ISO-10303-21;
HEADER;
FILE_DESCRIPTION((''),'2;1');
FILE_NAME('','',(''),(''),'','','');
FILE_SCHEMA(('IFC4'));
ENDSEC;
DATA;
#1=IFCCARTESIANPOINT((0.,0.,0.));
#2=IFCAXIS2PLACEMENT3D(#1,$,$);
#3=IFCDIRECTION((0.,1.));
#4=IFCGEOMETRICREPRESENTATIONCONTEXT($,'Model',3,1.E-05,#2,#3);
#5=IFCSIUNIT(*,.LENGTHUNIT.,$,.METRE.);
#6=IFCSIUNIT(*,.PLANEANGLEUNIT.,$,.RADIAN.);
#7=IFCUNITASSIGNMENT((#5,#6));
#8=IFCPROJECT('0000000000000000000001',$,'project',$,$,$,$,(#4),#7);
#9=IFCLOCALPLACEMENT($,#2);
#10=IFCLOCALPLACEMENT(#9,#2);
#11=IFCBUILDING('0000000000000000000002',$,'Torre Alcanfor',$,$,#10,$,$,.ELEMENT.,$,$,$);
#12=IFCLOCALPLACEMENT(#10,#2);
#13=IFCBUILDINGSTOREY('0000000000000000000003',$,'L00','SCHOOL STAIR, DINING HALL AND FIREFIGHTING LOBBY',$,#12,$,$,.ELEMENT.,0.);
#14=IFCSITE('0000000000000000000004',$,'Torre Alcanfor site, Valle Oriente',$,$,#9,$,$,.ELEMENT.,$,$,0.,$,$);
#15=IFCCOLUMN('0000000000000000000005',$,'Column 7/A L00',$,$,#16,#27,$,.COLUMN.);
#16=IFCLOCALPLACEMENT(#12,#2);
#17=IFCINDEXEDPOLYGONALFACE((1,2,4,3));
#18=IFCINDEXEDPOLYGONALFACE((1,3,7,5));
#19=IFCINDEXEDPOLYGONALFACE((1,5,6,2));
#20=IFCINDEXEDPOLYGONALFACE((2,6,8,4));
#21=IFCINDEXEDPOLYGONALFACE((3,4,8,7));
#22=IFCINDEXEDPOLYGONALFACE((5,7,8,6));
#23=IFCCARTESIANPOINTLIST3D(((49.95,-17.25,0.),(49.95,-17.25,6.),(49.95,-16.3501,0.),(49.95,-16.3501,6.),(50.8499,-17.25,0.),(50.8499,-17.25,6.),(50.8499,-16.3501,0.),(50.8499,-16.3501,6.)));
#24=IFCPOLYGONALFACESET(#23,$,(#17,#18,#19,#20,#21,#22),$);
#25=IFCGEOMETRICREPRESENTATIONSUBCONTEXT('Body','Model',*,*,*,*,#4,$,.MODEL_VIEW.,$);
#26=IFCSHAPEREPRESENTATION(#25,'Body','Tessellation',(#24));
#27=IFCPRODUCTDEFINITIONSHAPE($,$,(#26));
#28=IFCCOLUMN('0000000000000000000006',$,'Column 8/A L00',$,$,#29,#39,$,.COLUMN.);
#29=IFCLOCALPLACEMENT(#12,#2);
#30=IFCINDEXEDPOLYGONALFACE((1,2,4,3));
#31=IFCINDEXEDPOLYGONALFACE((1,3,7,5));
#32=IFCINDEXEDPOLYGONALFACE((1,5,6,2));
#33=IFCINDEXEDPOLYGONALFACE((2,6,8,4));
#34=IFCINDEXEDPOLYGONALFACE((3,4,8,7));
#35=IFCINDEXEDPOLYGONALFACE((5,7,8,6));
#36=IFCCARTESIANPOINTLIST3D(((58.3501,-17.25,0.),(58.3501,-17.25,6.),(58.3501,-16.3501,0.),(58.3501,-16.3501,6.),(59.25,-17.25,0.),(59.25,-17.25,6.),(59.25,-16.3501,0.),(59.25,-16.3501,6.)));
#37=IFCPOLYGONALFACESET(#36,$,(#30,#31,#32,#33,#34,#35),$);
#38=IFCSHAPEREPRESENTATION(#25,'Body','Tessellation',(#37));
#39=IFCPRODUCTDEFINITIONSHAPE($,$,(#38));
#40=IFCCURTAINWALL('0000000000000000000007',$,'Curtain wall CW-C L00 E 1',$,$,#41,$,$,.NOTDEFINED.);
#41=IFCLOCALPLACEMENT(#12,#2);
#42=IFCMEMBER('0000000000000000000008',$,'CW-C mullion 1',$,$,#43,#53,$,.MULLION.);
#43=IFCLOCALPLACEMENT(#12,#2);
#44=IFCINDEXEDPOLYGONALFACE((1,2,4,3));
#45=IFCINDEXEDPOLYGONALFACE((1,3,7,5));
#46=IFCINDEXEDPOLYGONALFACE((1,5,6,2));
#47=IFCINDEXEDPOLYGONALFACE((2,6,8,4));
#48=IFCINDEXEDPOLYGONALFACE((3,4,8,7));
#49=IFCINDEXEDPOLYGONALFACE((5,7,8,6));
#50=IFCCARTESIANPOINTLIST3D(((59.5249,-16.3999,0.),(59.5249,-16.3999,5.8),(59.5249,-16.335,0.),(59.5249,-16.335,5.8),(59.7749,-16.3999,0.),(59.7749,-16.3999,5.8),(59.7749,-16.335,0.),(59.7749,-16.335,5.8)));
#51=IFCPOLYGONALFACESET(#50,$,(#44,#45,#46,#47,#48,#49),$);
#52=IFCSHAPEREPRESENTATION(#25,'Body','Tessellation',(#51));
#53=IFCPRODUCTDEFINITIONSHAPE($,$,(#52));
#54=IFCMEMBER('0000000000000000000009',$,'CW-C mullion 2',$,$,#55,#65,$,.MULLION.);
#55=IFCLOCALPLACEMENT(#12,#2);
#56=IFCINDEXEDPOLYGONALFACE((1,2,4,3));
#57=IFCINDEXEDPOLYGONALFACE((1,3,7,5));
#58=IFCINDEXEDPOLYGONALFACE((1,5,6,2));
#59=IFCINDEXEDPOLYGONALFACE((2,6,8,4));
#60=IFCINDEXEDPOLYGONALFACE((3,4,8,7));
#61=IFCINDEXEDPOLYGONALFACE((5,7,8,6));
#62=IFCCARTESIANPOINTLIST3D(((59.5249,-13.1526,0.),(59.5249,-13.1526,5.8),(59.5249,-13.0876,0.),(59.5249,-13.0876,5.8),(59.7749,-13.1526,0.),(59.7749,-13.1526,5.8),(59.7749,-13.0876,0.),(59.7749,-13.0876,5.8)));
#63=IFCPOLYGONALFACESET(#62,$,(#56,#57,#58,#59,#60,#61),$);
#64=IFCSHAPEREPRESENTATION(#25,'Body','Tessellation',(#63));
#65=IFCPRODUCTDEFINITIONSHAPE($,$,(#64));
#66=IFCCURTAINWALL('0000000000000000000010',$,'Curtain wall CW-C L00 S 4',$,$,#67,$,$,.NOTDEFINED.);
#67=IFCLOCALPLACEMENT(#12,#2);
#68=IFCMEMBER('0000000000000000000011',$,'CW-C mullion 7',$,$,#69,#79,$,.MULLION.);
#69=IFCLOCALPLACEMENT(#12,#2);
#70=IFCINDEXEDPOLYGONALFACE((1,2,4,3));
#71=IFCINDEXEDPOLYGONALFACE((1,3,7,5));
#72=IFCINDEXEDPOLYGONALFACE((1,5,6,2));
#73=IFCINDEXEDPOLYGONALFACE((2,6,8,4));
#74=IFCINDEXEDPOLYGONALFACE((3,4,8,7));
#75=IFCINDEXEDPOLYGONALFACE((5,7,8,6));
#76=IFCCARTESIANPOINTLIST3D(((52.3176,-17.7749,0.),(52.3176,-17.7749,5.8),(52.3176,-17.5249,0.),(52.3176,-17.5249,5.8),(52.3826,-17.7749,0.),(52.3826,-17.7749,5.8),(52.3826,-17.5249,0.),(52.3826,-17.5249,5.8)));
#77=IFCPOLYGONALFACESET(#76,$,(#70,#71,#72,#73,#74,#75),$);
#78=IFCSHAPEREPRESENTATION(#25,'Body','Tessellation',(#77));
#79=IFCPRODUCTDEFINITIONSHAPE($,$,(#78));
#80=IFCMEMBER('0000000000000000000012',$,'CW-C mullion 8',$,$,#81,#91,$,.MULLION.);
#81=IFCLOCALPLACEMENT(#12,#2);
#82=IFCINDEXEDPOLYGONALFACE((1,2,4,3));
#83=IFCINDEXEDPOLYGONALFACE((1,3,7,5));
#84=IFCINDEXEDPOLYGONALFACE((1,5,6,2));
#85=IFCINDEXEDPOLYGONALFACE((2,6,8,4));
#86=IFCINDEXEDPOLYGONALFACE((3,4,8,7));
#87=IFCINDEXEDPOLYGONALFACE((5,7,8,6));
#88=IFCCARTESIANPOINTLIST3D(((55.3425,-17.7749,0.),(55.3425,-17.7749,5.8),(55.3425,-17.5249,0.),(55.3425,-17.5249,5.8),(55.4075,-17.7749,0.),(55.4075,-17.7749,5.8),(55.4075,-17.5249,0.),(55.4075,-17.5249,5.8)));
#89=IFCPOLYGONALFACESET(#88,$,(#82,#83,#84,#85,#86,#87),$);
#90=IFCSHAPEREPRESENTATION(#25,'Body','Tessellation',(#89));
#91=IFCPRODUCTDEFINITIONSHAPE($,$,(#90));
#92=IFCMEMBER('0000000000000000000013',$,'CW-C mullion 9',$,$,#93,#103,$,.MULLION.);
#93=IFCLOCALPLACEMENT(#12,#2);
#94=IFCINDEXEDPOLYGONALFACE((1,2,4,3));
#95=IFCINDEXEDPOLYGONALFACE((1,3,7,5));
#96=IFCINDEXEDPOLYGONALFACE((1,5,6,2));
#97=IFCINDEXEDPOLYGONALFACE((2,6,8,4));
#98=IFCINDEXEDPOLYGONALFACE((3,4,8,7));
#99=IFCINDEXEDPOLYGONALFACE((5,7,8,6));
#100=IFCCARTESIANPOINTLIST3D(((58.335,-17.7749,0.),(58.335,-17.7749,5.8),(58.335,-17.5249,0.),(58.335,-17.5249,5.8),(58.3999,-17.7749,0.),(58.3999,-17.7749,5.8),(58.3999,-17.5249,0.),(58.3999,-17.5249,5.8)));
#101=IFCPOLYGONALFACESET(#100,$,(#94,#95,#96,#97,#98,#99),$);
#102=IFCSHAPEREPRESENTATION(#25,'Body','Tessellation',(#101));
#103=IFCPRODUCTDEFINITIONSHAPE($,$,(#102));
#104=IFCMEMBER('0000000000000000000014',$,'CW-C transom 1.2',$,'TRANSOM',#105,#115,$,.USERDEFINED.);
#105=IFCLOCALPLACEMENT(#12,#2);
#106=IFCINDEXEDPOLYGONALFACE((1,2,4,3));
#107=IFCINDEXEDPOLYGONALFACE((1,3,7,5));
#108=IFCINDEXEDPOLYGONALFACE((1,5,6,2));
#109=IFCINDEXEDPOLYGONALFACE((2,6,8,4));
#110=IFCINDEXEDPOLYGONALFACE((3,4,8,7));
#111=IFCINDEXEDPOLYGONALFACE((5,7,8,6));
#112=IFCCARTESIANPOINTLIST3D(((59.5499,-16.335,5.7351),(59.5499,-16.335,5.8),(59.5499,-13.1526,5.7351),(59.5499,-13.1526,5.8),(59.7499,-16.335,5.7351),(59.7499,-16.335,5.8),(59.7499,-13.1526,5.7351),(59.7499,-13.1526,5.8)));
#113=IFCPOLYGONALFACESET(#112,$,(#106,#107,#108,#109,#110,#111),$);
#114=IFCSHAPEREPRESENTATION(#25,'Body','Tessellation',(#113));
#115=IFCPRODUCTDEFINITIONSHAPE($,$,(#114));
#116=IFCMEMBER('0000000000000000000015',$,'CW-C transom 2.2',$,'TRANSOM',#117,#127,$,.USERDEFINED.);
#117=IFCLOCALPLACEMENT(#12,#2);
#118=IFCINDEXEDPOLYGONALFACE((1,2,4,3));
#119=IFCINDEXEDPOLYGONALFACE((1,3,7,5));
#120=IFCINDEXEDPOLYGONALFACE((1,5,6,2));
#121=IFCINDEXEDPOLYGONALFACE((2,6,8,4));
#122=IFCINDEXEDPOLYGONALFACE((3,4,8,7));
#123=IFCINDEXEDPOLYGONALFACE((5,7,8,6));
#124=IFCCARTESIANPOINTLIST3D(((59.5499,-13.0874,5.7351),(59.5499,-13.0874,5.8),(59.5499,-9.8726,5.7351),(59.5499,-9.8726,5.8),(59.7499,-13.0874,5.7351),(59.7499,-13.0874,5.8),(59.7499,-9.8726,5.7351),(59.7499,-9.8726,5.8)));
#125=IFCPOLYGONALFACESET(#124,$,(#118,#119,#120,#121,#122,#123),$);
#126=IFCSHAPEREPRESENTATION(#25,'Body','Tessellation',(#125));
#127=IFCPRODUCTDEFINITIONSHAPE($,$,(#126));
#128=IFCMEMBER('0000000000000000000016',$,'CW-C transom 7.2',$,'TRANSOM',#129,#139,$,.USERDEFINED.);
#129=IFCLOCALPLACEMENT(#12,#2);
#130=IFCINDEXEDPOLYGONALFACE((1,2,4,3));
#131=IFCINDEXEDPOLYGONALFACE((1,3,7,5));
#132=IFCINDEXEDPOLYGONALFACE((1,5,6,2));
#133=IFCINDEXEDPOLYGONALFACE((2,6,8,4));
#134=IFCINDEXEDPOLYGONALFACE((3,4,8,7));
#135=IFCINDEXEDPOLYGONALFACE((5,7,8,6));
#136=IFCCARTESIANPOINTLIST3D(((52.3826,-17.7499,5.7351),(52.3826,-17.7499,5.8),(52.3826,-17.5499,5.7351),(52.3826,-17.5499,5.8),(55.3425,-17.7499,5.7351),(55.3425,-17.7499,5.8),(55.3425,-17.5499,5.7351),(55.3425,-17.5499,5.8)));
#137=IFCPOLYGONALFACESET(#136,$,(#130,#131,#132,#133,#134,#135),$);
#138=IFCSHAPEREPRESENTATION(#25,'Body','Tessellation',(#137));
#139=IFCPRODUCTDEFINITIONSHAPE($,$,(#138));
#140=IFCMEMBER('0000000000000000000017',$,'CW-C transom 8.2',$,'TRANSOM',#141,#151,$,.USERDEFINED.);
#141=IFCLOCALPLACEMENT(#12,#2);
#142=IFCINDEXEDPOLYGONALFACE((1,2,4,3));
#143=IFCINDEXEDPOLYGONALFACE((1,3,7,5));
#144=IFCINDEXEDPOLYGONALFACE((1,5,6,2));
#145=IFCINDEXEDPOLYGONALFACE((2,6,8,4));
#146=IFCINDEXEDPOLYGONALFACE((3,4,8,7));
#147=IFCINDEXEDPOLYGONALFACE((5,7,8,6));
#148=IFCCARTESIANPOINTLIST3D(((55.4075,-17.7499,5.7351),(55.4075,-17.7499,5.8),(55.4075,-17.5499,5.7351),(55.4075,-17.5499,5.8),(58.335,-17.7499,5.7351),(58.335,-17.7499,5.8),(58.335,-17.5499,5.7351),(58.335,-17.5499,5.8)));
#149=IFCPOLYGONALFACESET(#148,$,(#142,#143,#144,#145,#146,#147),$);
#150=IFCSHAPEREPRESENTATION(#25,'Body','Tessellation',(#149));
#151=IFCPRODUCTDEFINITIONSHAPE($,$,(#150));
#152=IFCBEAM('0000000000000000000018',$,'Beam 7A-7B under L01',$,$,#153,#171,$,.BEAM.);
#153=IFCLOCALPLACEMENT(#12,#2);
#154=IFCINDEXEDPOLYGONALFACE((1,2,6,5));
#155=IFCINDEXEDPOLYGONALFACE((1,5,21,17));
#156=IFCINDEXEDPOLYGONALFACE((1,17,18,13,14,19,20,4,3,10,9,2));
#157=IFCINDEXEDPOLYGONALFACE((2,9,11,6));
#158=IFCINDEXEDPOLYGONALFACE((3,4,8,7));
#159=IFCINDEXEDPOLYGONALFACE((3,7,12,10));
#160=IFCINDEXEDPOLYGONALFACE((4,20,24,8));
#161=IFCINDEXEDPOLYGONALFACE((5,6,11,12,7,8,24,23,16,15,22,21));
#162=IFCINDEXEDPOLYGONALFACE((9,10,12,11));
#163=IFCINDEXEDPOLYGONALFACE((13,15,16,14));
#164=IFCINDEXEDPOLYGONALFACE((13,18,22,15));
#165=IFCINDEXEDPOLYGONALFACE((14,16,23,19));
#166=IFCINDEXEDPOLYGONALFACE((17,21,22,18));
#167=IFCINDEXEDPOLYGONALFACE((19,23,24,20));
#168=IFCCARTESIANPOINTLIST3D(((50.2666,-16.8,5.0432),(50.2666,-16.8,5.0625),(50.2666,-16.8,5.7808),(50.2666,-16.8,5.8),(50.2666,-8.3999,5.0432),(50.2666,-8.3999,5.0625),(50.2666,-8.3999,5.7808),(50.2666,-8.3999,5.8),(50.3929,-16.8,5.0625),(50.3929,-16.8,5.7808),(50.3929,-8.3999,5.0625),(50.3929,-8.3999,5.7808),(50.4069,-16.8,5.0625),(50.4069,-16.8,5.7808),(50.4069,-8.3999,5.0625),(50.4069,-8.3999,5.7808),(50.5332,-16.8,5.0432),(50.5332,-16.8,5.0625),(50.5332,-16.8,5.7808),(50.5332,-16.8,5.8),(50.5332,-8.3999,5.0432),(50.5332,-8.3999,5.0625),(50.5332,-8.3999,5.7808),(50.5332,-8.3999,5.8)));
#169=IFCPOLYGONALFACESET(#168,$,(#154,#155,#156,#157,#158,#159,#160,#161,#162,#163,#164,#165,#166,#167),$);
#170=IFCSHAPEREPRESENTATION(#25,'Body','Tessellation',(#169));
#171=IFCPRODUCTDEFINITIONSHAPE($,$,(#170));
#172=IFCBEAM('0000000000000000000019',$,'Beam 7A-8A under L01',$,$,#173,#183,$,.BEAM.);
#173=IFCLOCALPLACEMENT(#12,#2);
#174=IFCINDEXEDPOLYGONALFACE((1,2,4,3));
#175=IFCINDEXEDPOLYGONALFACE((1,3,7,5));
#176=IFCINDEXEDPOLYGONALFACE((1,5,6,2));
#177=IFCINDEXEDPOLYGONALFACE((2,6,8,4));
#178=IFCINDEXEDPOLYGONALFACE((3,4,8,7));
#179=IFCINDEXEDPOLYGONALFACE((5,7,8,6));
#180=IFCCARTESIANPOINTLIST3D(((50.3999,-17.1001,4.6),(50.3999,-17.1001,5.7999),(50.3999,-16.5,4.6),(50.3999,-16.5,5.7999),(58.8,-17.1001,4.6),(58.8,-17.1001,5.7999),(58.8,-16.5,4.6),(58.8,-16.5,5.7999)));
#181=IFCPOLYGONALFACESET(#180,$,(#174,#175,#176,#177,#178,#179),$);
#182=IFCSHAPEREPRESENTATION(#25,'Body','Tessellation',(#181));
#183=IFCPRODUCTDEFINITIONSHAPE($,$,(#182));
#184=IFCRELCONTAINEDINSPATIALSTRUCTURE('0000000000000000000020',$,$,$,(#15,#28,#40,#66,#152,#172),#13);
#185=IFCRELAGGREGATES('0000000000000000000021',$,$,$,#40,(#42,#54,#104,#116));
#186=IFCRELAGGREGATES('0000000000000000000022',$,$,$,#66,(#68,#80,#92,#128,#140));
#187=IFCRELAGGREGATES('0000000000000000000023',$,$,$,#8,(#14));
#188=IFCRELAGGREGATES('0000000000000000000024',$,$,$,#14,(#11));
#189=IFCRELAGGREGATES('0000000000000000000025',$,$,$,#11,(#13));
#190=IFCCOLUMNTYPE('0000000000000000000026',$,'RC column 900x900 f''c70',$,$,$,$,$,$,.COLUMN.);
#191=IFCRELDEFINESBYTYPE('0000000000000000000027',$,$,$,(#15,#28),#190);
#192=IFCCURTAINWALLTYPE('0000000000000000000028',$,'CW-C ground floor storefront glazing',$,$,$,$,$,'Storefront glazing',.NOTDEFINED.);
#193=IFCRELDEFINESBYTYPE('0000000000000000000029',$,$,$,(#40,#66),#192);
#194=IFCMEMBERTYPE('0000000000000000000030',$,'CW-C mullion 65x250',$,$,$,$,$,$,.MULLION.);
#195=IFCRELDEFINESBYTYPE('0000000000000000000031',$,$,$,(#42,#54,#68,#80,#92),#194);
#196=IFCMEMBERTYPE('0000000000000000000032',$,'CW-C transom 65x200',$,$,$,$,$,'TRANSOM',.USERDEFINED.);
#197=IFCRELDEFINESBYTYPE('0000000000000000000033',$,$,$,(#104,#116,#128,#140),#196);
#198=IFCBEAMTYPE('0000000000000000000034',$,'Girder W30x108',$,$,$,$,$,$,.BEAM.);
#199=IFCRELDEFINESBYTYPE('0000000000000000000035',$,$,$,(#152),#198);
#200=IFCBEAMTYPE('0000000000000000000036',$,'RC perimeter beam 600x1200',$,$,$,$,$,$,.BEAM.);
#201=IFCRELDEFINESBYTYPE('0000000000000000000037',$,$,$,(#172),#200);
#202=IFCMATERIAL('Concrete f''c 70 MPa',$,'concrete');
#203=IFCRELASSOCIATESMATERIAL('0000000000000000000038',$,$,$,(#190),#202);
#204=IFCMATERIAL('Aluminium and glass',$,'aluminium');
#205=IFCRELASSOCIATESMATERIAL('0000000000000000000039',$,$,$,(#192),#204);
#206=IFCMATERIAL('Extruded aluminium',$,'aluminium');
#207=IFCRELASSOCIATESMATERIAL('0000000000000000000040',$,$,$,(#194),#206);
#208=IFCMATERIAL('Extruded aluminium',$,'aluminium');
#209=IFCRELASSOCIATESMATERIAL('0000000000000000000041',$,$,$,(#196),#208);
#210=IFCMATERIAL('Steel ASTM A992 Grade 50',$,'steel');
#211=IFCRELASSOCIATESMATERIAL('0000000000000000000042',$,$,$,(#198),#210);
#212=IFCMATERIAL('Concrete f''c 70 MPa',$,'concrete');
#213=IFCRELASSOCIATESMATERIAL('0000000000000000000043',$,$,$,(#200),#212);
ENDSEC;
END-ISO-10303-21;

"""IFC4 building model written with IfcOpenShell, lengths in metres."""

from ifc_helpers import new_model, si_unit, direction, frame, origin, origin_2d, place, context, subcontext, project, spatial, rectangle, i_section, extrude, material, material_profile, profile_set, type_object, element, aggregate, save


model = new_model("IFC4")

# Units and contexts
model_context = context("Model", 3, precision=1e-05, world=origin(), true_north=direction((0.0, 1.0)))
body_context = subcontext(model_context, "Body", "Model", "MODEL_VIEW")
ifc_project = project(units=[si_unit("LENGTHUNIT", "METRE"), si_unit("PLANEANGLEUNIT", "RADIAN")], contexts=[model_context])

# Site, building, storey
site_placement = place(None, origin())
site = spatial("IfcSite", under=ifc_project, at=site_placement, Name="Torre Alcanfor site, Valle Oriente", CompositionType="ELEMENT", RefElevation=0.0)
building_placement = place(site_placement, origin())
building = spatial("IfcBuilding", under=site, at=building_placement, Name="Torre Alcanfor", CompositionType="ELEMENT")
storey_placement = place(building_placement, origin())
storey = spatial("IfcBuildingStorey", under=building, at=storey_placement, Name="L00", Description="SCHOOL STAIR, DINING HALL AND FIREFIGHTING LOBBY", CompositionType="ELEMENT", Elevation=0.0)

# Columns
ifc_material_1 = material(Name="Concrete f'c 70 MPa", Category="concrete")
ifc_material_profile_1 = material_profile(ifc_material_1, rectangle(XDim=0.8999, YDim=0.8999, at=origin_2d()), Name="900x900")
ifc_profile_set_1 = profile_set([ifc_material_profile_1], Name="Concrete f'c 70 MPa")
column_type = type_object("IfcColumnType", Name="RC column 900x900 f'c70", PredefinedType="COLUMN", material=ifc_profile_set_1)
for number, where, z_axis, x_axis, name in (
    (1, (50.3999, -16.8, 0.0), (0.0, 0.0, 1.0), (1.0, 0.0, 0.0), "Column 7/A L00"),
    (2, (58.8, -16.8, 0.0), (0.0, 0.0, 1.0), (1.0, 0.0, 0.0), "Column 8/A L00"),
):
    element("IfcColumn", number, at=place(storey_placement, frame(where, z_axis=z_axis, x_axis=x_axis)), inside=storey, type_object=column_type, Name=name, PredefinedType="COLUMN", context=body_context, shape_type="SweptSolid", body=[
        extrude(rectangle(XDim=0.8999, YDim=0.8999, at=origin_2d()), origin(), (0.0, 0.0, 1.0), 6.0),
    ])

# Curtain walls, members
ifc_material_2 = material(Name="Aluminium and glass", Category="aluminium")
curtain_wall_type = type_object("IfcCurtainWallType", Name="CW-C ground floor storefront glazing", ElementType="Storefront glazing", PredefinedType="NOTDEFINED", material=ifc_material_2)
curtain_wall_1_placement = place(storey_placement, origin())
curtain_wall_1 = element("IfcCurtainWall", 3, at=curtain_wall_1_placement, inside=storey, type_object=curtain_wall_type, Name="Curtain wall CW-C L00 E 1", PredefinedType="NOTDEFINED")
ifc_material_3 = material(Name="Extruded aluminium", Category="aluminium")
ifc_material_profile_2 = material_profile(ifc_material_3, rectangle(XDim=0.25, YDim=0.0649, at=origin_2d()), Name="CW-C mullion 65x250")
ifc_profile_set_2 = profile_set([ifc_material_profile_2], Name="Extruded aluminium")
member_type_1 = type_object("IfcMemberType", Name="CW-C mullion 65x250", PredefinedType="MULLION", material=ifc_profile_set_2)
member_1_placement = place(storey_placement, frame((59.6499, -16.3674, 0.0), z_axis=(0.0, 0.0, 1.0), x_axis=(-1.0, 0.0, 0.0)))
member_1 = element("IfcMember", 4, at=member_1_placement, type_object=member_type_1, Name="CW-C mullion 1", PredefinedType="MULLION", context=body_context, shape_type="SweptSolid", body=[
    extrude(rectangle(XDim=0.25, YDim=0.0649, at=origin_2d()), origin(), (0.0, 0.0, 1.0), 5.8),
])
member_2_placement = place(storey_placement, frame((59.6499, -13.1201, 0.0), z_axis=(0.0, 0.0, 1.0), x_axis=(-1.0, 0.0, 0.0)))
member_2 = element("IfcMember", 5, at=member_2_placement, type_object=member_type_1, Name="CW-C mullion 2", PredefinedType="MULLION", context=body_context, shape_type="SweptSolid", body=[
    extrude(rectangle(XDim=0.25, YDim=0.0649, at=origin_2d()), origin(), (0.0, 0.0, 1.0), 5.8),
])
curtain_wall_2_placement = place(storey_placement, origin())
curtain_wall_2 = element("IfcCurtainWall", 6, at=curtain_wall_2_placement, inside=storey, type_object=curtain_wall_type, Name="Curtain wall CW-C L00 S 4", PredefinedType="NOTDEFINED")
member_3_placement = place(storey_placement, frame((52.3501, -17.6499, 0.0), z_axis=(0.0, 0.0, 1.0), x_axis=(0.0, 1.0, 0.0)))
member_3 = element("IfcMember", 7, at=member_3_placement, type_object=member_type_1, Name="CW-C mullion 7", PredefinedType="MULLION", context=body_context, shape_type="SweptSolid", body=[
    extrude(rectangle(XDim=0.25, YDim=0.0649, at=origin_2d()), origin(), (0.0, 0.0, 1.0), 5.8),
])
member_4_placement = place(storey_placement, frame((55.375, -17.6499, 0.0), z_axis=(0.0, 0.0, 1.0), x_axis=(0.0, 1.0, 0.0)))
member_4 = element("IfcMember", 8, at=member_4_placement, type_object=member_type_1, Name="CW-C mullion 8", PredefinedType="MULLION", context=body_context, shape_type="SweptSolid", body=[
    extrude(rectangle(XDim=0.25, YDim=0.0649, at=origin_2d()), origin(), (0.0, 0.0, 1.0), 5.8),
])
member_5_placement = place(storey_placement, frame((58.3674, -17.6499, 0.0), z_axis=(0.0, 0.0, 1.0), x_axis=(0.0, 1.0, 0.0)))
member_5 = element("IfcMember", 9, at=member_5_placement, type_object=member_type_1, Name="CW-C mullion 9", PredefinedType="MULLION", context=body_context, shape_type="SweptSolid", body=[
    extrude(rectangle(XDim=0.25, YDim=0.0649, at=origin_2d()), origin(), (0.0, 0.0, 1.0), 5.8),
])

# Members
ifc_material_4 = material(Name="Extruded aluminium", Category="aluminium")
ifc_material_profile_3 = material_profile(ifc_material_4, rectangle(XDim=0.2, YDim=0.0649, at=origin_2d()), Name="CW-C transom 200x65")
ifc_profile_set_3 = profile_set([ifc_material_profile_3], Name="Extruded aluminium")
member_type_2 = type_object("IfcMemberType", Name="CW-C transom 65x200", ElementType="TRANSOM", PredefinedType="USERDEFINED", material=ifc_profile_set_3)
member_6_placement = place(storey_placement, frame((59.6499, -16.335, 5.7676), z_axis=(0.0, 1.0, 0.0), x_axis=(-1.0, 0.0, 0.0)))
member_6 = element("IfcMember", 10, at=member_6_placement, type_object=member_type_2, Name="CW-C transom 1.2", ObjectType="TRANSOM", PredefinedType="USERDEFINED", context=body_context, shape_type="SweptSolid", body=[
    extrude(rectangle(XDim=0.2, YDim=0.0649, at=origin_2d()), origin(), (0.0, 0.0, 1.0), 3.1824),
])
member_7_placement = place(storey_placement, frame((59.6499, -13.0874, 5.7676), z_axis=(0.0, 1.0, 0.0), x_axis=(-1.0, 0.0, 0.0)))
member_7 = element("IfcMember", 11, at=member_7_placement, type_object=member_type_2, Name="CW-C transom 2.2", ObjectType="TRANSOM", PredefinedType="USERDEFINED", context=body_context, shape_type="SweptSolid", body=[
    extrude(rectangle(XDim=0.2, YDim=0.0649, at=origin_2d()), origin(), (0.0, 0.0, 1.0), 3.2148),
])
member_8_placement = place(storey_placement, frame((52.3826, -17.6499, 5.7676), z_axis=(1.0, 0.0, 0.0), x_axis=(0.0, 1.0, 0.0)))
member_8 = element("IfcMember", 12, at=member_8_placement, type_object=member_type_2, Name="CW-C transom 7.2", ObjectType="TRANSOM", PredefinedType="USERDEFINED", context=body_context, shape_type="SweptSolid", body=[
    extrude(rectangle(XDim=0.2, YDim=0.0649, at=origin_2d()), origin(), (0.0, 0.0, 1.0), 2.96),
])
member_9_placement = place(storey_placement, frame((55.4075, -17.6499, 5.7676), z_axis=(1.0, 0.0, 0.0), x_axis=(0.0, 1.0, 0.0)))
member_9 = element("IfcMember", 13, at=member_9_placement, type_object=member_type_2, Name="CW-C transom 8.2", ObjectType="TRANSOM", PredefinedType="USERDEFINED", context=body_context, shape_type="SweptSolid", body=[
    extrude(rectangle(XDim=0.2, YDim=0.0649, at=origin_2d()), origin(), (0.0, 0.0, 1.0), 2.9275),
])

# Beams
ifc_material_5 = material(Name="Steel ASTM A992 Grade 50", Category="steel")
ifc_material_profile_4 = material_profile(ifc_material_5, i_section(OverallWidth=0.2666, OverallDepth=0.7568, WebThickness=0.0139, FlangeThickness=0.0193, at=origin_2d()), Name="W30x108")
ifc_profile_set_4 = profile_set([ifc_material_profile_4], Name="Steel ASTM A992 Grade 50")
beam_type_1 = type_object("IfcBeamType", Name="Girder W30x108", PredefinedType="BEAM", material=ifc_profile_set_4)
beam_1_placement = place(storey_placement, frame((50.3999, -16.8, 5.4216), z_axis=(0.0, 1.0, 0.0), x_axis=(-1.0, 0.0, 0.0)))
element("IfcBeam", 14, at=beam_1_placement, inside=storey, type_object=beam_type_1, Name="Beam 7A-7B under L01", PredefinedType="BEAM", context=body_context, shape_type="SweptSolid", body=[
    extrude(i_section(OverallWidth=0.2666, OverallDepth=0.7568, WebThickness=0.0139, FlangeThickness=0.0193, at=origin_2d()), origin(), (0.0, 0.0, 1.0), 8.4001),
])
ifc_material_6 = material(Name="Concrete f'c 70 MPa", Category="concrete")
ifc_material_profile_5 = material_profile(ifc_material_6, rectangle(XDim=0.6001, YDim=1.2, at=origin_2d()), Name="600x1200")
ifc_profile_set_5 = profile_set([ifc_material_profile_5], Name="Concrete f'c 70 MPa")
beam_type_2 = type_object("IfcBeamType", Name="RC perimeter beam 600x1200", PredefinedType="BEAM", material=ifc_profile_set_5)
for number, where, z_axis, x_axis, name in (
    (15, (50.3999, -16.8, 5.2), (1.0, 0.0, 0.0), (0.0, 1.0, 0.0), "Beam 7A-8A under L01"),
):
    element("IfcBeam", number, at=place(storey_placement, frame(where, z_axis=z_axis, x_axis=x_axis)), inside=storey, type_object=beam_type_2, Name=name, PredefinedType="BEAM", context=body_context, shape_type="SweptSolid", body=[
        extrude(rectangle(XDim=0.6001, YDim=1.2, at=origin_2d()), origin(), (0.0, 0.0, 1.0), 8.4001),
    ])

aggregate(curtain_wall_1, [member_1, member_2, member_6, member_7])
aggregate(curtain_wall_2, [member_3, member_4, member_5, member_8, member_9])

save(model, "model.ifc")
